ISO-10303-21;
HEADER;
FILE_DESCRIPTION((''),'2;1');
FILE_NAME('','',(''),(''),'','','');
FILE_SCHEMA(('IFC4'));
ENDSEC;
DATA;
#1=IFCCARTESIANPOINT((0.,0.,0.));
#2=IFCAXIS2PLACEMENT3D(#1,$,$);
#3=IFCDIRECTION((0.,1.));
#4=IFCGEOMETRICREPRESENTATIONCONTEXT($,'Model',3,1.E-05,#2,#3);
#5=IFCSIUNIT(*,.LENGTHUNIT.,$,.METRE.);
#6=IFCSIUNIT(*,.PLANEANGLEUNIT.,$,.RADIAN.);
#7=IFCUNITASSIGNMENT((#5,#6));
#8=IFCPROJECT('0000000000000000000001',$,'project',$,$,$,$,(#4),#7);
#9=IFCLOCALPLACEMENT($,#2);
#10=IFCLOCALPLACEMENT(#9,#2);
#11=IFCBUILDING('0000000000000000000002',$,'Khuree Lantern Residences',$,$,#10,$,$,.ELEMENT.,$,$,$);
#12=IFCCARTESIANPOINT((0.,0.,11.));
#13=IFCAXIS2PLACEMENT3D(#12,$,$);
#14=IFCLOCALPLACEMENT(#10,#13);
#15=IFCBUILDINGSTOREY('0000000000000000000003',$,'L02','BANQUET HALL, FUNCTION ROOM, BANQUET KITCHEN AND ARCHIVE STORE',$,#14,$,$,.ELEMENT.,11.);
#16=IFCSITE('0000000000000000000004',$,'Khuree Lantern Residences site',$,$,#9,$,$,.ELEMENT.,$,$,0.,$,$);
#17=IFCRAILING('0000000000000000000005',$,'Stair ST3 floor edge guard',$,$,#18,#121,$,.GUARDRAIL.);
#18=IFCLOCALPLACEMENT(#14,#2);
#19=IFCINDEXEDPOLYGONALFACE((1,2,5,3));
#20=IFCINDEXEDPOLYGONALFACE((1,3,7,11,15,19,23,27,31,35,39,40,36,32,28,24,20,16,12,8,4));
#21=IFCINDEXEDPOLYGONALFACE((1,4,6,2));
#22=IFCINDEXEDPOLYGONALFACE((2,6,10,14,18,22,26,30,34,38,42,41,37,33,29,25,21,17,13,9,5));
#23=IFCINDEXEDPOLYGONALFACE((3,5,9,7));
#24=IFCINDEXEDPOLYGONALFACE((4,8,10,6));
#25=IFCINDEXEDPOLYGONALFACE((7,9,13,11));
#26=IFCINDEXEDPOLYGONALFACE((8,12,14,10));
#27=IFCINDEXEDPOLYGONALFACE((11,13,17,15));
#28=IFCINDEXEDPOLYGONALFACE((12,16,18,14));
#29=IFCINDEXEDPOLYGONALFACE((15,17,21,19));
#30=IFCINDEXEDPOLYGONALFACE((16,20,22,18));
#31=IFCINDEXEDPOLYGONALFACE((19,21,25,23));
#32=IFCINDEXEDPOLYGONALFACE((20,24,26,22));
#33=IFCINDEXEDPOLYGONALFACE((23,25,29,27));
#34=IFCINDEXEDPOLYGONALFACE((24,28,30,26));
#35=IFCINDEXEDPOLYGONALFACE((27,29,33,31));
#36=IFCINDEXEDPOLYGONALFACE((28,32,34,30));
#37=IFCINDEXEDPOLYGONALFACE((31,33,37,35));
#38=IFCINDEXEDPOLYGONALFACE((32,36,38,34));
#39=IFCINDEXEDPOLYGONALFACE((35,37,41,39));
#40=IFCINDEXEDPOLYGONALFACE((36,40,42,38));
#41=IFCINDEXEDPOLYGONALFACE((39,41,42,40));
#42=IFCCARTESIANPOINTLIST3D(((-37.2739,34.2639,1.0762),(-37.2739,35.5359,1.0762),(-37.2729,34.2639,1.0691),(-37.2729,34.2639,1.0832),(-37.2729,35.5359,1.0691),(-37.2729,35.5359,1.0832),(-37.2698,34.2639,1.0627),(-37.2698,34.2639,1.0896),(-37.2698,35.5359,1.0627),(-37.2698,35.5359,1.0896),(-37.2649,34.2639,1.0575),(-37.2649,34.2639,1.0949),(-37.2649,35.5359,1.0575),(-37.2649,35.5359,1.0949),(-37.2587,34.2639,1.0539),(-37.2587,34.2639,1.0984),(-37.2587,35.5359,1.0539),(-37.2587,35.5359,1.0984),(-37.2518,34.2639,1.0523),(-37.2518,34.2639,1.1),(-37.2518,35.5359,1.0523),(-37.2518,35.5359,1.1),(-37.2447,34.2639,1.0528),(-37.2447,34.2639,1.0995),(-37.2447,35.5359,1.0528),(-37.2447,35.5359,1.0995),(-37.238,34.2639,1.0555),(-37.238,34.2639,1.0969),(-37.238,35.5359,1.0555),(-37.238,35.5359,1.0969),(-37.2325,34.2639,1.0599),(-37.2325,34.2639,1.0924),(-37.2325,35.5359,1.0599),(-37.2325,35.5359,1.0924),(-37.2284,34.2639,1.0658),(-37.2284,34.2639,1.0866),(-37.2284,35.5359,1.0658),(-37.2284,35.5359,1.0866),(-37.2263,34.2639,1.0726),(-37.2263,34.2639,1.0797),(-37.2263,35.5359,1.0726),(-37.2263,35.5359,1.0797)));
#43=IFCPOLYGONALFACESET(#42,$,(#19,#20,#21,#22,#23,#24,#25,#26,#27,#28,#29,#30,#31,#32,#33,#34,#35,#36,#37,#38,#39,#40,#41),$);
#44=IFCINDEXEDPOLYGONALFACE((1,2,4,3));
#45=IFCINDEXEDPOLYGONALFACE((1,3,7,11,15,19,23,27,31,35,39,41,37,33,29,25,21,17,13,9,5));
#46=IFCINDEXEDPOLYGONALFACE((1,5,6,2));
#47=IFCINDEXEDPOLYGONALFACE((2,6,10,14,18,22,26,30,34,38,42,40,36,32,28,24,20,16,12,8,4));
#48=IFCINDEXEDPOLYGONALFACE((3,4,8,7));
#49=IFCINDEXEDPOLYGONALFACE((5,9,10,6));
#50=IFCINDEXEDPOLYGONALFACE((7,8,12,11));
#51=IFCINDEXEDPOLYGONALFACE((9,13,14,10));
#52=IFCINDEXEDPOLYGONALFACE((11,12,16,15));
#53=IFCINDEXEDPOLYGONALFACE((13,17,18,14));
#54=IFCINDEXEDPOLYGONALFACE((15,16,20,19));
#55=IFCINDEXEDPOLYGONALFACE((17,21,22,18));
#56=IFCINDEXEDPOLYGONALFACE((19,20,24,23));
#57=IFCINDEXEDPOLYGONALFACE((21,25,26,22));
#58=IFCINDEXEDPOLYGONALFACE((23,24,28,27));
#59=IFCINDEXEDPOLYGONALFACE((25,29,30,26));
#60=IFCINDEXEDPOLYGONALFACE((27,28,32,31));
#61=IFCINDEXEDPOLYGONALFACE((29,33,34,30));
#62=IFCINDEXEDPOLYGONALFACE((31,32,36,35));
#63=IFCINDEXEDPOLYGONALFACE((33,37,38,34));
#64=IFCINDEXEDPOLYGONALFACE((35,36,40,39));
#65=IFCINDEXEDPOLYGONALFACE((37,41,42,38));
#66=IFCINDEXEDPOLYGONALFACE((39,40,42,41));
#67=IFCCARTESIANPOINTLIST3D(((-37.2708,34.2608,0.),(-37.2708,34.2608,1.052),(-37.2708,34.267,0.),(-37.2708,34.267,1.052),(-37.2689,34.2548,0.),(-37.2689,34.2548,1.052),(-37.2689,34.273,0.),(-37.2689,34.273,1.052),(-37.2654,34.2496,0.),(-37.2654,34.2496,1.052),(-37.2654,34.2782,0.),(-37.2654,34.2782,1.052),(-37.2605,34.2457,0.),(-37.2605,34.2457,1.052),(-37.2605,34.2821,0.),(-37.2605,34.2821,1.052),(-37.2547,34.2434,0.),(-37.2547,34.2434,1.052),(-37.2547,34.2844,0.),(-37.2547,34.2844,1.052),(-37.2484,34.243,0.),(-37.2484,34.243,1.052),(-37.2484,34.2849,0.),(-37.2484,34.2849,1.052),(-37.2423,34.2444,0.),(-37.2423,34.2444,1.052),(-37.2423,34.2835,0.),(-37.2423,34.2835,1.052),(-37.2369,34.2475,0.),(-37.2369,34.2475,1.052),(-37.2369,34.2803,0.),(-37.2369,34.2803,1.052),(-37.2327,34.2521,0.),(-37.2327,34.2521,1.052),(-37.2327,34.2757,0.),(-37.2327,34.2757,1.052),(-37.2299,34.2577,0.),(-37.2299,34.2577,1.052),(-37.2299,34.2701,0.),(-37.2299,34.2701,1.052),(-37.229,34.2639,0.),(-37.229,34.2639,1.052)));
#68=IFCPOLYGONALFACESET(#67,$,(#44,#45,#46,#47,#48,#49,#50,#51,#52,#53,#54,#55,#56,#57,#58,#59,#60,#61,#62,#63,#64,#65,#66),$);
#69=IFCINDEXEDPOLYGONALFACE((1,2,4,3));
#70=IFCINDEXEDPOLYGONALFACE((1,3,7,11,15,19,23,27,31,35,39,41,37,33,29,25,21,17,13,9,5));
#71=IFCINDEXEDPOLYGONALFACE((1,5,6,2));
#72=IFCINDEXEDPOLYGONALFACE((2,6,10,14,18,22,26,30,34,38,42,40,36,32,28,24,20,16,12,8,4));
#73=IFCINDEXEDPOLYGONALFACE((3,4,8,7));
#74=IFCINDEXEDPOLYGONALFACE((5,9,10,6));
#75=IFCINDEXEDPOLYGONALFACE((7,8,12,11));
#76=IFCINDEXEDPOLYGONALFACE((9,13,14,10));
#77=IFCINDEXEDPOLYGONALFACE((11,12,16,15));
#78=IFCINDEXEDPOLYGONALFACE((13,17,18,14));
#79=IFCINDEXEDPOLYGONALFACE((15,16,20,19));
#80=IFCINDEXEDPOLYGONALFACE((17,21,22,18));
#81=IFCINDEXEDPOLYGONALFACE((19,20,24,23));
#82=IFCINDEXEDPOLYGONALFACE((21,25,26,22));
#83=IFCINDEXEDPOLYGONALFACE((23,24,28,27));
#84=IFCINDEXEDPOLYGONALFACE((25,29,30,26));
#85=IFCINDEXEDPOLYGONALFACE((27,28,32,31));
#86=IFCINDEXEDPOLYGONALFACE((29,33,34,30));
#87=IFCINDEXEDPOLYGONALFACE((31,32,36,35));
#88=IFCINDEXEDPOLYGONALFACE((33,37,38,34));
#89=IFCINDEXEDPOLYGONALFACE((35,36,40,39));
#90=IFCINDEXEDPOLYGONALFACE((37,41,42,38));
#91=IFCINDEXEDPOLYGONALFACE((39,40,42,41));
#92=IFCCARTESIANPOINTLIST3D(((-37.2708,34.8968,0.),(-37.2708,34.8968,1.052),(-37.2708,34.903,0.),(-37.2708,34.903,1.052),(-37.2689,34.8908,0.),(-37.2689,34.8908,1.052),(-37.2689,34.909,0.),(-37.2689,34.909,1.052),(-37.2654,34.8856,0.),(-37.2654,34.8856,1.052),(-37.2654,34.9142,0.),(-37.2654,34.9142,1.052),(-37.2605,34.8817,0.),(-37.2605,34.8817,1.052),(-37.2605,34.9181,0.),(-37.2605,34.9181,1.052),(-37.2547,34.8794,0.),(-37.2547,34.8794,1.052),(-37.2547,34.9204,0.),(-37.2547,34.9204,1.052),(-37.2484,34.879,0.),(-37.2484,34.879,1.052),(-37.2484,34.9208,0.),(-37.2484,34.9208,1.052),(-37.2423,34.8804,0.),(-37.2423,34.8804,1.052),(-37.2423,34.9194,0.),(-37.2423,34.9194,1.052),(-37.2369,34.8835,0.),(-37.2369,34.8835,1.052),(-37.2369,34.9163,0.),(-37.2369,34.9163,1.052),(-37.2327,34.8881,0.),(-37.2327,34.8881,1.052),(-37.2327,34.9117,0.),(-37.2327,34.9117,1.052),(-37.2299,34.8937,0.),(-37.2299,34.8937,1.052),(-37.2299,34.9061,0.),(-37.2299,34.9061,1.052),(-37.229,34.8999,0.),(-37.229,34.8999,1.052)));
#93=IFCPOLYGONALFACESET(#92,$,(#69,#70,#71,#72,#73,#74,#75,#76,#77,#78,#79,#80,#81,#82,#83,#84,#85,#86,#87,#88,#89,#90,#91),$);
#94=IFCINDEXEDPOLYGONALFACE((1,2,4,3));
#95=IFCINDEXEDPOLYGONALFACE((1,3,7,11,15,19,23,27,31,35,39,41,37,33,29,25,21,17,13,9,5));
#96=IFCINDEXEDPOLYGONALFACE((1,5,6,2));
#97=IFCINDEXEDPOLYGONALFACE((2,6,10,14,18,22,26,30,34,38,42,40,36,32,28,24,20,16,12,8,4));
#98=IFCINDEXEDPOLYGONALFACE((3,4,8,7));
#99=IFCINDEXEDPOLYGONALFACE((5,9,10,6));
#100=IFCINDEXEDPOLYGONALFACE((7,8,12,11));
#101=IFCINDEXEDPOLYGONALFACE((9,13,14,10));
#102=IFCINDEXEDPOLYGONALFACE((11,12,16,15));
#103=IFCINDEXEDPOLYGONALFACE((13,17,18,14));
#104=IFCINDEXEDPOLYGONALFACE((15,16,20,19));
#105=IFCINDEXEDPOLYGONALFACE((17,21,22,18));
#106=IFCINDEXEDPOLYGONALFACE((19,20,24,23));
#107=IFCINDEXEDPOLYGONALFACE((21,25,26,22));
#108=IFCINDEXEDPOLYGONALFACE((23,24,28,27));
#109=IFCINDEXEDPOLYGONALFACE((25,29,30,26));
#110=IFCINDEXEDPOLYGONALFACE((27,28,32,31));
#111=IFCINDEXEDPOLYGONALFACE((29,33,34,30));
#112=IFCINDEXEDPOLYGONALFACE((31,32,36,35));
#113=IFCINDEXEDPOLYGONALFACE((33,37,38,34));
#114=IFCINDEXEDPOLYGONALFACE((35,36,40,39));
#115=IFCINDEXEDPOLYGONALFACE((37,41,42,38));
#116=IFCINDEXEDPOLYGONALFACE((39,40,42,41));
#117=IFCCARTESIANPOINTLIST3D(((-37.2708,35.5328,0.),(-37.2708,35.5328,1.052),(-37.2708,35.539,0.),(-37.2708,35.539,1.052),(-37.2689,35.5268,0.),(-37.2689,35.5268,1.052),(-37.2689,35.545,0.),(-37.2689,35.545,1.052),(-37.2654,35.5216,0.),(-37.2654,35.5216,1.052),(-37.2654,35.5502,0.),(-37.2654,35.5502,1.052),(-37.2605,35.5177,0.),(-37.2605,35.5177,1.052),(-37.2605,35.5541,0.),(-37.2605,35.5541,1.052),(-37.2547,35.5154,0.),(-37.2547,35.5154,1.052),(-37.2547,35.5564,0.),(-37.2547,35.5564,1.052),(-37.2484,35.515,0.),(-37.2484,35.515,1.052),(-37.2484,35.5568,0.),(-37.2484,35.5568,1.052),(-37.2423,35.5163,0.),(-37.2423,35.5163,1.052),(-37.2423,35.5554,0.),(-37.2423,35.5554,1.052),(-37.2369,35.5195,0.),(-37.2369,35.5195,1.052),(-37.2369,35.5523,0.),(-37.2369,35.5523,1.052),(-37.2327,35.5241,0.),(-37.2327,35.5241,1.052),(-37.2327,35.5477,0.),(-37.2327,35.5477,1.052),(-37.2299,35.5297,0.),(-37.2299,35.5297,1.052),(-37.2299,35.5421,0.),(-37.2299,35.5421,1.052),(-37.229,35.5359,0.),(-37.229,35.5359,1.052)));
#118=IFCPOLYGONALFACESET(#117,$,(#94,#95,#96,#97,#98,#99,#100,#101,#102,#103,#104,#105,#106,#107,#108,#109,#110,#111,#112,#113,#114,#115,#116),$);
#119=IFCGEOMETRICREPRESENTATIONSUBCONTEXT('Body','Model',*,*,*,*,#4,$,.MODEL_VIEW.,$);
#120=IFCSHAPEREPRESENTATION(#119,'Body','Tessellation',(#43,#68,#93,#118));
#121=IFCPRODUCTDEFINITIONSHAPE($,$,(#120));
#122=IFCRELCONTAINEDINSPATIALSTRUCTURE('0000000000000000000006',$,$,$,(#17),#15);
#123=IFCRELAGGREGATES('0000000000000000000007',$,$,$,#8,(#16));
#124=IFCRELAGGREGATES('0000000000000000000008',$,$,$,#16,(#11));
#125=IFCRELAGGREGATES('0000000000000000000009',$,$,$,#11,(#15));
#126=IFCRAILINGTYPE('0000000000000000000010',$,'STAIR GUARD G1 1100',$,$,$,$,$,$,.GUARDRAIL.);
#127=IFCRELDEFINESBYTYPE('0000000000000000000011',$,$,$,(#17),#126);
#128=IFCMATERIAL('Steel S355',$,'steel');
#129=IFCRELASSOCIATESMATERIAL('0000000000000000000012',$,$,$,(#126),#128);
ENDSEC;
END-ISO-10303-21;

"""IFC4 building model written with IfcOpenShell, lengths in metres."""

from ifc_helpers import new_model, si_unit, direction, frame, origin, origin_2d, place, context, subcontext, project, spatial, circle, extrude, material, type_object, element, save


model = new_model("IFC4")

# Units and contexts
model_context = context("Model", 3, precision=1e-05, world=origin(), true_north=direction((0.0, 1.0)))
body_context = subcontext(model_context, "Body", "Model", "MODEL_VIEW")
ifc_project = project(units=[si_unit("LENGTHUNIT", "METRE"), si_unit("PLANEANGLEUNIT", "RADIAN")], contexts=[model_context])

# Site, building, storey
site_placement = place(None, origin())
site = spatial("IfcSite", under=ifc_project, at=site_placement, Name="Khuree Lantern Residences site", CompositionType="ELEMENT", RefElevation=0.0)
building_placement = place(site_placement, origin())
building = spatial("IfcBuilding", under=site, at=building_placement, Name="Khuree Lantern Residences", CompositionType="ELEMENT")
storey_placement = place(building_placement, frame((0.0, 0.0, 11.0)))
storey = spatial("IfcBuildingStorey", under=building, at=storey_placement, Name="L02", Description="BANQUET HALL, FUNCTION ROOM, BANQUET KITCHEN AND ARCHIVE STORE", CompositionType="ELEMENT", Elevation=11.0)

# Railing
ifc_material_1 = material(Name="Steel S355", Category="steel")
railing_type_1 = type_object("IfcRailingType", Name="STAIR GUARD G1 1100", PredefinedType="GUARDRAIL", material=ifc_material_1)
railing_1_placement = place(storey_placement, frame((-37.25, 34.2639, 0.0)))
element("IfcRailing", 1, at=railing_1_placement, inside=storey, type_object=railing_type_1, Name="Stair ST3 floor edge guard", PredefinedType="GUARDRAIL", context=body_context, shape_type="SweptSolid", body=[
    extrude(circle(Radius=0.0239, at=origin_2d()), frame((0.0, 0.0, 1.0762), z_axis=(0.0, 1.0, 0.0), x_axis=(-1.0, 0.0, 0.0)), (0.0, 0.0, 1.0), 1.272),
    extrude(circle(Radius=0.021, at=origin_2d()), origin(), (0.0, 0.0, 1.0), 1.052),
    extrude(circle(Radius=0.021, at=origin_2d()), frame((0.0, 0.636, 0.0)), (0.0, 0.0, 1.0), 1.052),
    extrude(circle(Radius=0.021, at=origin_2d()), frame((0.0, 1.272, 0.0)), (0.0, 0.0, 1.0), 1.052),
])

save(model, "model.ifc")
